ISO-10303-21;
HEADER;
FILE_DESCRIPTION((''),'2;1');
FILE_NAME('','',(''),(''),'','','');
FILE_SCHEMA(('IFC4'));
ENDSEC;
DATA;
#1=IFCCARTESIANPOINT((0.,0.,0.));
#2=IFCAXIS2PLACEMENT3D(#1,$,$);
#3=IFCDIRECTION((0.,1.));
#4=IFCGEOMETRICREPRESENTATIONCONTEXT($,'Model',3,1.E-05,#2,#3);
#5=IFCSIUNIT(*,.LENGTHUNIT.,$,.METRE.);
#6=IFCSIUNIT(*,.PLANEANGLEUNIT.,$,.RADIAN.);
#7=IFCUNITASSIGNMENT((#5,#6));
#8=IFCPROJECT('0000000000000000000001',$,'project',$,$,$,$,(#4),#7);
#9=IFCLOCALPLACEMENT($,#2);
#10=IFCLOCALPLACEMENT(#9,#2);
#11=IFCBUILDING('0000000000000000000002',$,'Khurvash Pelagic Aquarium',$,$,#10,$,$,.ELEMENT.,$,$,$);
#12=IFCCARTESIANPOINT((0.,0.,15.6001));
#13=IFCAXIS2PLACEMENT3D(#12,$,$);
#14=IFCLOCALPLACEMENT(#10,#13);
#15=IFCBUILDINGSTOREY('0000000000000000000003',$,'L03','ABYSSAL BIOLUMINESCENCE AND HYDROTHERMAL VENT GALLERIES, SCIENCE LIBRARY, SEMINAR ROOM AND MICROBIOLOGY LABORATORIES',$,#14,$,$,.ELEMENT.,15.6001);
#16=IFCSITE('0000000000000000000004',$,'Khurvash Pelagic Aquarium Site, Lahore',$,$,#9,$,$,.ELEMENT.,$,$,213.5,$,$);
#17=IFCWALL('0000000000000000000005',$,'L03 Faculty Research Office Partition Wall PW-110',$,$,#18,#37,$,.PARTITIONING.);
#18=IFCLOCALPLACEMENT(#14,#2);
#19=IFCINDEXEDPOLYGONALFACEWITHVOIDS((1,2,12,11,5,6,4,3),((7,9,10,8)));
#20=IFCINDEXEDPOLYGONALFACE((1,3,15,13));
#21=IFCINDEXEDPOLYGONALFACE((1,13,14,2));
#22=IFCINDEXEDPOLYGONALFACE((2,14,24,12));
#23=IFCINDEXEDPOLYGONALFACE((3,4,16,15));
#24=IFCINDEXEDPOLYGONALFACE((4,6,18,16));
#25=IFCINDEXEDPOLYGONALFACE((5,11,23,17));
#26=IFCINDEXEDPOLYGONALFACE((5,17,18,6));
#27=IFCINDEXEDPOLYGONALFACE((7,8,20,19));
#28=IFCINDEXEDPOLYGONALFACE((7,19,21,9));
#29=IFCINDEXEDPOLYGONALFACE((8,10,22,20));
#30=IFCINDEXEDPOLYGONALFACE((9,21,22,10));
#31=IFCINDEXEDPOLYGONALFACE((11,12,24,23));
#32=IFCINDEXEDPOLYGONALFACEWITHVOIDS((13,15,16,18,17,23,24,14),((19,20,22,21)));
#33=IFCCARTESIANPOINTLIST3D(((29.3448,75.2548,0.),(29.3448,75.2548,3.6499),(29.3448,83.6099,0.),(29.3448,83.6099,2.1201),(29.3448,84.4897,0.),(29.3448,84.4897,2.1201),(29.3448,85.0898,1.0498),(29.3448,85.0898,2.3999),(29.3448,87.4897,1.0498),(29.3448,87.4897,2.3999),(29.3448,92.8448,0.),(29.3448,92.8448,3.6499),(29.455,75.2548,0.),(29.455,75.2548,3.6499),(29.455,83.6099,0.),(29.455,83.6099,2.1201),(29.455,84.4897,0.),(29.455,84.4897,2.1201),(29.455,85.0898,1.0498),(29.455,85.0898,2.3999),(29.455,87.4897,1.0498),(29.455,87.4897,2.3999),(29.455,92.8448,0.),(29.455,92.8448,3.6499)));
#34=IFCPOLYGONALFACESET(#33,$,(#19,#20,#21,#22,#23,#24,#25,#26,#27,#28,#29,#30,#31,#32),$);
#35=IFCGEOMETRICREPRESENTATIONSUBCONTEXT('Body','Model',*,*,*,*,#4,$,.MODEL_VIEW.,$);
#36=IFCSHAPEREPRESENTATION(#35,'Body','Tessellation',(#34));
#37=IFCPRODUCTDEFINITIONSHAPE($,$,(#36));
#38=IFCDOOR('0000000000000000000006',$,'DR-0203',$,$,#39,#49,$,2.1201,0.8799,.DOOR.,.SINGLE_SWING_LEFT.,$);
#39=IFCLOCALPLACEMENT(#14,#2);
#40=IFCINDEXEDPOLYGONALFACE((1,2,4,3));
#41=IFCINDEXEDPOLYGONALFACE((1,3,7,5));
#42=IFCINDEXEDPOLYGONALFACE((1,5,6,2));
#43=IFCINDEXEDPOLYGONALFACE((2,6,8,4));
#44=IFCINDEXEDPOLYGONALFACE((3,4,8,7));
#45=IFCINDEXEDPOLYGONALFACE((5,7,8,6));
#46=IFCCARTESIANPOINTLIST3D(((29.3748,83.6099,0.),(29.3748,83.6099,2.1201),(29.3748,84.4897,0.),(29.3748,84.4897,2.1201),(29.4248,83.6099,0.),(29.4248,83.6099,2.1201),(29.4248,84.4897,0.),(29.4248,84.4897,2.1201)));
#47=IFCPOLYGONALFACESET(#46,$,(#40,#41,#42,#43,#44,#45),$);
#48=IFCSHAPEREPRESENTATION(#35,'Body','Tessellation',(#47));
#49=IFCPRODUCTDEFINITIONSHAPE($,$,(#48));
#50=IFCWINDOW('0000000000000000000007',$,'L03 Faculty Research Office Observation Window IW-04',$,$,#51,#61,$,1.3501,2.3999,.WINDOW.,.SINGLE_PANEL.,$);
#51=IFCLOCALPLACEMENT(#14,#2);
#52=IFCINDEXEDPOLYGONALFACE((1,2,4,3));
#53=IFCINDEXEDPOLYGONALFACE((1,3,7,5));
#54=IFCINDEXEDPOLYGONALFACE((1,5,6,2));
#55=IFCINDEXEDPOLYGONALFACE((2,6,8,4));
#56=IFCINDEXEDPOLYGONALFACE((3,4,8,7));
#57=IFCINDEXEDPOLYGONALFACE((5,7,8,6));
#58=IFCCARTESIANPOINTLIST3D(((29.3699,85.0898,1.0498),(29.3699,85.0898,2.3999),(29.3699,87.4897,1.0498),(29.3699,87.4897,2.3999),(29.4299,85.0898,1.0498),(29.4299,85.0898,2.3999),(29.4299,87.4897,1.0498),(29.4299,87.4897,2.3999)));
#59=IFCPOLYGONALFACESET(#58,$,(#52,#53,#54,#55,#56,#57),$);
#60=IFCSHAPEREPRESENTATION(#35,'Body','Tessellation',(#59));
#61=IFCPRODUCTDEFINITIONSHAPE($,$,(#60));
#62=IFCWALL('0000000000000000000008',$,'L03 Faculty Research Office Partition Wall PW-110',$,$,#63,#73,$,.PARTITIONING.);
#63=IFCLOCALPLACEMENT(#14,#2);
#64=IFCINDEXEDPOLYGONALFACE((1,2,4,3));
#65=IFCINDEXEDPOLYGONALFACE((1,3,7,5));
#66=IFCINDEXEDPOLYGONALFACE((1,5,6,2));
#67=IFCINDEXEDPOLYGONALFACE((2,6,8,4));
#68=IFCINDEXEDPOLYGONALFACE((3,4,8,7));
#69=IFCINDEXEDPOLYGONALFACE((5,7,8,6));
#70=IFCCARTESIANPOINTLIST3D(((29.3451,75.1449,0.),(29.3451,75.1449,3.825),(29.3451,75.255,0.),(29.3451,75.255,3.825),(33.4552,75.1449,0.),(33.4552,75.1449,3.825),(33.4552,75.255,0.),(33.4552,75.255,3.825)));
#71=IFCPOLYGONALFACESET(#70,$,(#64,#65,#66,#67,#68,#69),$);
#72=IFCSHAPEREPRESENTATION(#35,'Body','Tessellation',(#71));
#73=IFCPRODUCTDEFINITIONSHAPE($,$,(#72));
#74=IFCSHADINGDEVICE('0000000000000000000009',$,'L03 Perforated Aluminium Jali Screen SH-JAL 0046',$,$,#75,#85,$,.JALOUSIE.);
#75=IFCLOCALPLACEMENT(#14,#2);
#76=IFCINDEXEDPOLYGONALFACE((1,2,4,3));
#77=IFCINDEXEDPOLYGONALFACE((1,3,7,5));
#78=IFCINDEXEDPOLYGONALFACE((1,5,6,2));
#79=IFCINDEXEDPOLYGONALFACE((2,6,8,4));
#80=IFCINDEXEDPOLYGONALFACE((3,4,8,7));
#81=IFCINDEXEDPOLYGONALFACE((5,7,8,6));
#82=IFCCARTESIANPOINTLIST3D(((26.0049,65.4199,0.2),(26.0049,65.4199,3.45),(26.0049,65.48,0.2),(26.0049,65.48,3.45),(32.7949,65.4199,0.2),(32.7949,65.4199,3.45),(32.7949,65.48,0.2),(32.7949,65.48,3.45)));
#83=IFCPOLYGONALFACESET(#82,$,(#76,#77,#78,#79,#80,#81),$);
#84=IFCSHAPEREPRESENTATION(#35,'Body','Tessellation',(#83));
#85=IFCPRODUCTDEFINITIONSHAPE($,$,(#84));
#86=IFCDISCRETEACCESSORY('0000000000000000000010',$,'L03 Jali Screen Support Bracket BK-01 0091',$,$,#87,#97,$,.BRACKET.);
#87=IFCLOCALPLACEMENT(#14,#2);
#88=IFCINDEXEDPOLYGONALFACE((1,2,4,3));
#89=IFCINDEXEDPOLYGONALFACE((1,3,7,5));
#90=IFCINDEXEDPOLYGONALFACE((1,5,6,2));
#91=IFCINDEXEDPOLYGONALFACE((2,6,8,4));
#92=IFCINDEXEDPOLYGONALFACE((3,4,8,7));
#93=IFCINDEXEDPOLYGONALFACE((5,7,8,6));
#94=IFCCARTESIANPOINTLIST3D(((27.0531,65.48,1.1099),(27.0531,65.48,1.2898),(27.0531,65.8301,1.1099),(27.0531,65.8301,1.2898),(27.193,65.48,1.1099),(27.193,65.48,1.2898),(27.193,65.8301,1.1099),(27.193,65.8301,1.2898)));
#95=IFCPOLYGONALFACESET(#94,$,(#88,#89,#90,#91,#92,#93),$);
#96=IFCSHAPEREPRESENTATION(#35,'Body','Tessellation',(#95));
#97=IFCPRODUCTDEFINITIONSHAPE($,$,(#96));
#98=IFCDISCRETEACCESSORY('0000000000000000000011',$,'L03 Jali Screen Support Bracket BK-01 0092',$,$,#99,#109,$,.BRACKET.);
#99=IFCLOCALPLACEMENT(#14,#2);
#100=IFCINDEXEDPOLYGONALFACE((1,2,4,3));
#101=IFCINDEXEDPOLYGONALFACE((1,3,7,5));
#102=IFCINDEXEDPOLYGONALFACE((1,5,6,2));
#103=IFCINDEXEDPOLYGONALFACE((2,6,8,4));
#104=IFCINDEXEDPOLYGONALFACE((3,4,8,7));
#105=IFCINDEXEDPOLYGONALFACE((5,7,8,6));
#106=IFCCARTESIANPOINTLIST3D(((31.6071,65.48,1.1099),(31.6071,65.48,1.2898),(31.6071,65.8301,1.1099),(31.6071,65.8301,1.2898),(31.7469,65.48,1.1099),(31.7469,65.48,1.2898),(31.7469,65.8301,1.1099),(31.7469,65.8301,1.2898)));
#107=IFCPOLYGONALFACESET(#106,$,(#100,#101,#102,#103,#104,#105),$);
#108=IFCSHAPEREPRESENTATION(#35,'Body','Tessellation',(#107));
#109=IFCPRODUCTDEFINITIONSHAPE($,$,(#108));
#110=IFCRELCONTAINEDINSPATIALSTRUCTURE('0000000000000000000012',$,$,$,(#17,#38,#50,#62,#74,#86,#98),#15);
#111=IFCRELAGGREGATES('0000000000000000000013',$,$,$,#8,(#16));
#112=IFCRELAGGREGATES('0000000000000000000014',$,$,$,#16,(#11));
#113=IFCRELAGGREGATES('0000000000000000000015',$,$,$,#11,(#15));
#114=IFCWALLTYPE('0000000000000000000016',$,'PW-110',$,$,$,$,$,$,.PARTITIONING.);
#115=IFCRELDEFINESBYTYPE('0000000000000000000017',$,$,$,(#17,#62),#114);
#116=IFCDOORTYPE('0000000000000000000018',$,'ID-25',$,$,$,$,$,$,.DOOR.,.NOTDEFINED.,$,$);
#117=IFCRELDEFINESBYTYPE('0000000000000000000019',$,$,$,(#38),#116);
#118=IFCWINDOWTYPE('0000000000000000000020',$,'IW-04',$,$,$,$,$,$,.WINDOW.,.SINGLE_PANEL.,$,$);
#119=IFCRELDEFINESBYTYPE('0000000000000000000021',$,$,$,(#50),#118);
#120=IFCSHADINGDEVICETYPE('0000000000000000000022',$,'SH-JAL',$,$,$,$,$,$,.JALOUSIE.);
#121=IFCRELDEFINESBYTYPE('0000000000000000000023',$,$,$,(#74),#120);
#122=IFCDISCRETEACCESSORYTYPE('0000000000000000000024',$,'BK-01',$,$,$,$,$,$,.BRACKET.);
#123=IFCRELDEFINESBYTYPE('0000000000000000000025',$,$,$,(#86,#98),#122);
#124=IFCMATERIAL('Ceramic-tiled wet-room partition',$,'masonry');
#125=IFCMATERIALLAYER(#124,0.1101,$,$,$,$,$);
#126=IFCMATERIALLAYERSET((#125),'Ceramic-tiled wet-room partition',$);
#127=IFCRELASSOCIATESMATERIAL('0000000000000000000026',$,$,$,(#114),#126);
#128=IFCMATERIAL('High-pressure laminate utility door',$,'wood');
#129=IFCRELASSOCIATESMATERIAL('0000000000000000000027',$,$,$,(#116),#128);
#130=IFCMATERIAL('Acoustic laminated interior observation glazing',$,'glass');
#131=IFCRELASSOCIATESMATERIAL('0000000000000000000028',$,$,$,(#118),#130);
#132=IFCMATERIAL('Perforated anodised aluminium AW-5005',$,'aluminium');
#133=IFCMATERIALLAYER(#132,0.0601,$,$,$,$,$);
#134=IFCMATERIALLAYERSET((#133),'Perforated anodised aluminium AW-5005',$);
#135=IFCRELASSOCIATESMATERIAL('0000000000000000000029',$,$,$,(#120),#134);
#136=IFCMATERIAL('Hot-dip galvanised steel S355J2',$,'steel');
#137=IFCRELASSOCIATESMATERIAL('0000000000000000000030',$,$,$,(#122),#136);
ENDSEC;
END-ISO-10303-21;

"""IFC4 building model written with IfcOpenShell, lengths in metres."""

from ifc_helpers import new_model, si_unit, direction, frame, frame_2d, origin, origin_2d, place, context, subcontext, project, spatial, rectangle, extrude, material, layer, layer_set, type_object, element, fill, save


model = new_model("IFC4")

# Units and contexts
model_context = context("Model", 3, precision=1e-05, world=origin(), true_north=direction((0.0, 1.0)))
body_context = subcontext(model_context, "Body", "Model", "MODEL_VIEW")
ifc_project = project(units=[si_unit("LENGTHUNIT", "METRE"), si_unit("PLANEANGLEUNIT", "RADIAN")], contexts=[model_context])

# Site, building, storey
site_placement = place(None, origin())
site = spatial("IfcSite", under=ifc_project, at=site_placement, Name="Khurvash Pelagic Aquarium Site, Lahore", CompositionType="ELEMENT", RefElevation=213.5)
building_placement = place(site_placement, origin())
building = spatial("IfcBuilding", under=site, at=building_placement, Name="Khurvash Pelagic Aquarium", CompositionType="ELEMENT")
storey_placement = place(building_placement, frame((0.0, 0.0, 15.6001)))
storey = spatial("IfcBuildingStorey", under=building, at=storey_placement, Name="L03", Description="ABYSSAL BIOLUMINESCENCE AND HYDROTHERMAL VENT GALLERIES, SCIENCE LIBRARY, SEMINAR ROOM AND MICROBIOLOGY LABORATORIES", CompositionType="ELEMENT", Elevation=15.6001)

# Wall, openings, door, window
ifc_material_1 = material(Name="Ceramic-tiled wet-room partition", Category="masonry")
ifc_layer_1 = layer(ifc_material_1, 0.1101)
ifc_layer_set_1 = layer_set([ifc_layer_1], Name="Ceramic-tiled wet-room partition")
wall_type_1 = type_object("IfcWallType", Name="PW-110", PredefinedType="PARTITIONING", material=ifc_layer_set_1)
wall_1_placement = place(storey_placement, frame((29.3999, 75.2549, 0.0), z_axis=(0.0, 0.0, 1.0), x_axis=(0.0, 1.0, 0.0)))
wall_1 = element("IfcWall", 1, at=wall_1_placement, inside=storey, type_object=wall_type_1, Name="L03 Faculty Research Office Partition Wall PW-110", PredefinedType="PARTITIONING", context=body_context, shape_type="SweptSolid", body=[
    extrude(rectangle(XDim=17.5901, YDim=0.1101, at=frame_2d((8.7949, 0.0))), origin(), (0.0, 0.0, 1.0), 3.6499),
])
opening_1_placement = place(wall_1_placement, frame((8.355, 0.0, 0.0)))
opening_1 = element("IfcOpeningElement", 2, at=opening_1_placement, cuts=wall_1, PredefinedType="OPENING", context=body_context, shape_type="SweptSolid", body=[
    extrude(rectangle(XDim=0.8799, YDim=2.1201, at=frame_2d((0.4399, 1.0601))), frame((0.0, 0.0649, 0.0), z_axis=(0.0, -1.0, 0.0), x_axis=(1.0, 0.0, 0.0)), (0.0, 0.0, 1.0), 0.1301),
])
opening_2_placement = place(wall_1_placement, frame((9.835, 0.0, 1.0498)))
opening_2 = element("IfcOpeningElement", 3, at=opening_2_placement, cuts=wall_1, PredefinedType="OPENING", context=body_context, shape_type="SweptSolid", body=[
    extrude(rectangle(XDim=2.3999, YDim=1.3501, at=frame_2d((1.2, 0.675))), frame((0.0, 0.0649, 0.0), z_axis=(0.0, -1.0, 0.0), x_axis=(1.0, 0.0, 0.0)), (0.0, 0.0, 1.0), 0.1301),
])
ifc_material_2 = material(Name="High-pressure laminate utility door", Category="wood")
door_type = type_object("IfcDoorType", Name="ID-25", OperationType="NOTDEFINED", PredefinedType="DOOR", material=ifc_material_2)
door_placement = place(opening_1_placement, frame((0.8799, 0.0, 0.0), z_axis=(0.0, 0.0, 1.0), x_axis=(-1.0, 0.0, 0.0)))
door = element("IfcDoor", 4, at=door_placement, inside=storey, type_object=door_type, Name="DR-0203", OperationType="SINGLE_SWING_LEFT", OverallHeight=2.1201, OverallWidth=0.8799, PredefinedType="DOOR", context=body_context, shape_type="SweptSolid", body=[
    extrude(rectangle(XDim=0.8799, YDim=2.1201, at=frame_2d((0.4399, 1.0601))), frame((0.0, 0.0249, 0.0), z_axis=(0.0, -1.0, 0.0), x_axis=(1.0, 0.0, 0.0)), (0.0, 0.0, 1.0), 0.05),
])
fill(opening_1, door)
ifc_material_3 = material(Name="Acoustic laminated interior observation glazing", Category="glass")
window_type_1 = type_object("IfcWindowType", Name="IW-04", PartitioningType="SINGLE_PANEL", PredefinedType="WINDOW", material=ifc_material_3)
window_1_placement = place(opening_2_placement, origin())
window_1 = element("IfcWindow", 5, at=window_1_placement, inside=storey, type_object=window_type_1, Name="L03 Faculty Research Office Observation Window IW-04", OverallHeight=1.3501, OverallWidth=2.3999, PartitioningType="SINGLE_PANEL", PredefinedType="WINDOW", context=body_context, shape_type="SweptSolid", body=[
    extrude(rectangle(XDim=2.3999, YDim=1.3501, at=frame_2d((1.2, 0.675))), frame((0.0, 0.03, 0.0), z_axis=(0.0, -1.0, 0.0), x_axis=(1.0, 0.0, 0.0)), (0.0, 0.0, 1.0), 0.0601),
])
fill(opening_2, window_1)

# Wall
wall_2_placement = place(storey_placement, frame((29.345, 75.2, 0.0), z_axis=(0.0, 0.0, 1.0), x_axis=(1.0, 0.0, 0.0)))
element("IfcWall", 6, at=wall_2_placement, inside=storey, type_object=wall_type_1, Name="L03 Faculty Research Office Partition Wall PW-110", PredefinedType="PARTITIONING", context=body_context, shape_type="SweptSolid", body=[
    extrude(rectangle(XDim=4.1101, YDim=0.1101, at=frame_2d((2.0552, 0.0))), origin(), (0.0, 0.0, 1.0), 3.825),
])

# Shading device
ifc_material_4 = material(Name="Perforated anodised aluminium AW-5005", Category="aluminium")
ifc_layer_2 = layer(ifc_material_4, 0.0601)
ifc_layer_set_2 = layer_set([ifc_layer_2], Name="Perforated anodised aluminium AW-5005")
shading_device_type = type_object("IfcShadingDeviceType", Name="SH-JAL", PredefinedType="JALOUSIE", material=ifc_layer_set_2)
shading_device_placement = place(storey_placement, frame((29.3999, 65.45, 0.2), z_axis=(0.0, 0.0, 1.0), x_axis=(1.0, 0.0, 0.0)))
element("IfcShadingDevice", 7, at=shading_device_placement, inside=storey, type_object=shading_device_type, Name="L03 Perforated Aluminium Jali Screen SH-JAL 0046", PredefinedType="JALOUSIE", context=body_context, shape_type="SweptSolid", body=[
    extrude(rectangle(XDim=6.79, YDim=0.0601, at=origin_2d()), origin(), (0.0, 0.0, 1.0), 3.25),
])

# Discrete accessories
ifc_material_5 = material(Name="Hot-dip galvanised steel S355J2", Category="steel")
discrete_accessory_type = type_object("IfcDiscreteAccessoryType", Name="BK-01", PredefinedType="BRACKET", material=ifc_material_5)
for number, where, z_axis, x_axis, name in (
    (8, (27.123, 65.655, 1.1099), (0.0, 0.0, 1.0), (1.0, 0.0, 0.0), "L03 Jali Screen Support Bracket BK-01 0091"),
    (9, (31.677, 65.655, 1.1099), (0.0, 0.0, 1.0), (1.0, 0.0, 0.0), "L03 Jali Screen Support Bracket BK-01 0092"),
):
    element("IfcDiscreteAccessory", number, at=place(storey_placement, frame(where, z_axis=z_axis, x_axis=x_axis)), inside=storey, type_object=discrete_accessory_type, Name=name, PredefinedType="BRACKET", context=body_context, shape_type="SweptSolid", body=[
        extrude(rectangle(XDim=0.1399, YDim=0.3501, at=origin_2d()), origin(), (0.0, 0.0, 1.0), 0.1799),
    ])

save(model, "model.ifc")
